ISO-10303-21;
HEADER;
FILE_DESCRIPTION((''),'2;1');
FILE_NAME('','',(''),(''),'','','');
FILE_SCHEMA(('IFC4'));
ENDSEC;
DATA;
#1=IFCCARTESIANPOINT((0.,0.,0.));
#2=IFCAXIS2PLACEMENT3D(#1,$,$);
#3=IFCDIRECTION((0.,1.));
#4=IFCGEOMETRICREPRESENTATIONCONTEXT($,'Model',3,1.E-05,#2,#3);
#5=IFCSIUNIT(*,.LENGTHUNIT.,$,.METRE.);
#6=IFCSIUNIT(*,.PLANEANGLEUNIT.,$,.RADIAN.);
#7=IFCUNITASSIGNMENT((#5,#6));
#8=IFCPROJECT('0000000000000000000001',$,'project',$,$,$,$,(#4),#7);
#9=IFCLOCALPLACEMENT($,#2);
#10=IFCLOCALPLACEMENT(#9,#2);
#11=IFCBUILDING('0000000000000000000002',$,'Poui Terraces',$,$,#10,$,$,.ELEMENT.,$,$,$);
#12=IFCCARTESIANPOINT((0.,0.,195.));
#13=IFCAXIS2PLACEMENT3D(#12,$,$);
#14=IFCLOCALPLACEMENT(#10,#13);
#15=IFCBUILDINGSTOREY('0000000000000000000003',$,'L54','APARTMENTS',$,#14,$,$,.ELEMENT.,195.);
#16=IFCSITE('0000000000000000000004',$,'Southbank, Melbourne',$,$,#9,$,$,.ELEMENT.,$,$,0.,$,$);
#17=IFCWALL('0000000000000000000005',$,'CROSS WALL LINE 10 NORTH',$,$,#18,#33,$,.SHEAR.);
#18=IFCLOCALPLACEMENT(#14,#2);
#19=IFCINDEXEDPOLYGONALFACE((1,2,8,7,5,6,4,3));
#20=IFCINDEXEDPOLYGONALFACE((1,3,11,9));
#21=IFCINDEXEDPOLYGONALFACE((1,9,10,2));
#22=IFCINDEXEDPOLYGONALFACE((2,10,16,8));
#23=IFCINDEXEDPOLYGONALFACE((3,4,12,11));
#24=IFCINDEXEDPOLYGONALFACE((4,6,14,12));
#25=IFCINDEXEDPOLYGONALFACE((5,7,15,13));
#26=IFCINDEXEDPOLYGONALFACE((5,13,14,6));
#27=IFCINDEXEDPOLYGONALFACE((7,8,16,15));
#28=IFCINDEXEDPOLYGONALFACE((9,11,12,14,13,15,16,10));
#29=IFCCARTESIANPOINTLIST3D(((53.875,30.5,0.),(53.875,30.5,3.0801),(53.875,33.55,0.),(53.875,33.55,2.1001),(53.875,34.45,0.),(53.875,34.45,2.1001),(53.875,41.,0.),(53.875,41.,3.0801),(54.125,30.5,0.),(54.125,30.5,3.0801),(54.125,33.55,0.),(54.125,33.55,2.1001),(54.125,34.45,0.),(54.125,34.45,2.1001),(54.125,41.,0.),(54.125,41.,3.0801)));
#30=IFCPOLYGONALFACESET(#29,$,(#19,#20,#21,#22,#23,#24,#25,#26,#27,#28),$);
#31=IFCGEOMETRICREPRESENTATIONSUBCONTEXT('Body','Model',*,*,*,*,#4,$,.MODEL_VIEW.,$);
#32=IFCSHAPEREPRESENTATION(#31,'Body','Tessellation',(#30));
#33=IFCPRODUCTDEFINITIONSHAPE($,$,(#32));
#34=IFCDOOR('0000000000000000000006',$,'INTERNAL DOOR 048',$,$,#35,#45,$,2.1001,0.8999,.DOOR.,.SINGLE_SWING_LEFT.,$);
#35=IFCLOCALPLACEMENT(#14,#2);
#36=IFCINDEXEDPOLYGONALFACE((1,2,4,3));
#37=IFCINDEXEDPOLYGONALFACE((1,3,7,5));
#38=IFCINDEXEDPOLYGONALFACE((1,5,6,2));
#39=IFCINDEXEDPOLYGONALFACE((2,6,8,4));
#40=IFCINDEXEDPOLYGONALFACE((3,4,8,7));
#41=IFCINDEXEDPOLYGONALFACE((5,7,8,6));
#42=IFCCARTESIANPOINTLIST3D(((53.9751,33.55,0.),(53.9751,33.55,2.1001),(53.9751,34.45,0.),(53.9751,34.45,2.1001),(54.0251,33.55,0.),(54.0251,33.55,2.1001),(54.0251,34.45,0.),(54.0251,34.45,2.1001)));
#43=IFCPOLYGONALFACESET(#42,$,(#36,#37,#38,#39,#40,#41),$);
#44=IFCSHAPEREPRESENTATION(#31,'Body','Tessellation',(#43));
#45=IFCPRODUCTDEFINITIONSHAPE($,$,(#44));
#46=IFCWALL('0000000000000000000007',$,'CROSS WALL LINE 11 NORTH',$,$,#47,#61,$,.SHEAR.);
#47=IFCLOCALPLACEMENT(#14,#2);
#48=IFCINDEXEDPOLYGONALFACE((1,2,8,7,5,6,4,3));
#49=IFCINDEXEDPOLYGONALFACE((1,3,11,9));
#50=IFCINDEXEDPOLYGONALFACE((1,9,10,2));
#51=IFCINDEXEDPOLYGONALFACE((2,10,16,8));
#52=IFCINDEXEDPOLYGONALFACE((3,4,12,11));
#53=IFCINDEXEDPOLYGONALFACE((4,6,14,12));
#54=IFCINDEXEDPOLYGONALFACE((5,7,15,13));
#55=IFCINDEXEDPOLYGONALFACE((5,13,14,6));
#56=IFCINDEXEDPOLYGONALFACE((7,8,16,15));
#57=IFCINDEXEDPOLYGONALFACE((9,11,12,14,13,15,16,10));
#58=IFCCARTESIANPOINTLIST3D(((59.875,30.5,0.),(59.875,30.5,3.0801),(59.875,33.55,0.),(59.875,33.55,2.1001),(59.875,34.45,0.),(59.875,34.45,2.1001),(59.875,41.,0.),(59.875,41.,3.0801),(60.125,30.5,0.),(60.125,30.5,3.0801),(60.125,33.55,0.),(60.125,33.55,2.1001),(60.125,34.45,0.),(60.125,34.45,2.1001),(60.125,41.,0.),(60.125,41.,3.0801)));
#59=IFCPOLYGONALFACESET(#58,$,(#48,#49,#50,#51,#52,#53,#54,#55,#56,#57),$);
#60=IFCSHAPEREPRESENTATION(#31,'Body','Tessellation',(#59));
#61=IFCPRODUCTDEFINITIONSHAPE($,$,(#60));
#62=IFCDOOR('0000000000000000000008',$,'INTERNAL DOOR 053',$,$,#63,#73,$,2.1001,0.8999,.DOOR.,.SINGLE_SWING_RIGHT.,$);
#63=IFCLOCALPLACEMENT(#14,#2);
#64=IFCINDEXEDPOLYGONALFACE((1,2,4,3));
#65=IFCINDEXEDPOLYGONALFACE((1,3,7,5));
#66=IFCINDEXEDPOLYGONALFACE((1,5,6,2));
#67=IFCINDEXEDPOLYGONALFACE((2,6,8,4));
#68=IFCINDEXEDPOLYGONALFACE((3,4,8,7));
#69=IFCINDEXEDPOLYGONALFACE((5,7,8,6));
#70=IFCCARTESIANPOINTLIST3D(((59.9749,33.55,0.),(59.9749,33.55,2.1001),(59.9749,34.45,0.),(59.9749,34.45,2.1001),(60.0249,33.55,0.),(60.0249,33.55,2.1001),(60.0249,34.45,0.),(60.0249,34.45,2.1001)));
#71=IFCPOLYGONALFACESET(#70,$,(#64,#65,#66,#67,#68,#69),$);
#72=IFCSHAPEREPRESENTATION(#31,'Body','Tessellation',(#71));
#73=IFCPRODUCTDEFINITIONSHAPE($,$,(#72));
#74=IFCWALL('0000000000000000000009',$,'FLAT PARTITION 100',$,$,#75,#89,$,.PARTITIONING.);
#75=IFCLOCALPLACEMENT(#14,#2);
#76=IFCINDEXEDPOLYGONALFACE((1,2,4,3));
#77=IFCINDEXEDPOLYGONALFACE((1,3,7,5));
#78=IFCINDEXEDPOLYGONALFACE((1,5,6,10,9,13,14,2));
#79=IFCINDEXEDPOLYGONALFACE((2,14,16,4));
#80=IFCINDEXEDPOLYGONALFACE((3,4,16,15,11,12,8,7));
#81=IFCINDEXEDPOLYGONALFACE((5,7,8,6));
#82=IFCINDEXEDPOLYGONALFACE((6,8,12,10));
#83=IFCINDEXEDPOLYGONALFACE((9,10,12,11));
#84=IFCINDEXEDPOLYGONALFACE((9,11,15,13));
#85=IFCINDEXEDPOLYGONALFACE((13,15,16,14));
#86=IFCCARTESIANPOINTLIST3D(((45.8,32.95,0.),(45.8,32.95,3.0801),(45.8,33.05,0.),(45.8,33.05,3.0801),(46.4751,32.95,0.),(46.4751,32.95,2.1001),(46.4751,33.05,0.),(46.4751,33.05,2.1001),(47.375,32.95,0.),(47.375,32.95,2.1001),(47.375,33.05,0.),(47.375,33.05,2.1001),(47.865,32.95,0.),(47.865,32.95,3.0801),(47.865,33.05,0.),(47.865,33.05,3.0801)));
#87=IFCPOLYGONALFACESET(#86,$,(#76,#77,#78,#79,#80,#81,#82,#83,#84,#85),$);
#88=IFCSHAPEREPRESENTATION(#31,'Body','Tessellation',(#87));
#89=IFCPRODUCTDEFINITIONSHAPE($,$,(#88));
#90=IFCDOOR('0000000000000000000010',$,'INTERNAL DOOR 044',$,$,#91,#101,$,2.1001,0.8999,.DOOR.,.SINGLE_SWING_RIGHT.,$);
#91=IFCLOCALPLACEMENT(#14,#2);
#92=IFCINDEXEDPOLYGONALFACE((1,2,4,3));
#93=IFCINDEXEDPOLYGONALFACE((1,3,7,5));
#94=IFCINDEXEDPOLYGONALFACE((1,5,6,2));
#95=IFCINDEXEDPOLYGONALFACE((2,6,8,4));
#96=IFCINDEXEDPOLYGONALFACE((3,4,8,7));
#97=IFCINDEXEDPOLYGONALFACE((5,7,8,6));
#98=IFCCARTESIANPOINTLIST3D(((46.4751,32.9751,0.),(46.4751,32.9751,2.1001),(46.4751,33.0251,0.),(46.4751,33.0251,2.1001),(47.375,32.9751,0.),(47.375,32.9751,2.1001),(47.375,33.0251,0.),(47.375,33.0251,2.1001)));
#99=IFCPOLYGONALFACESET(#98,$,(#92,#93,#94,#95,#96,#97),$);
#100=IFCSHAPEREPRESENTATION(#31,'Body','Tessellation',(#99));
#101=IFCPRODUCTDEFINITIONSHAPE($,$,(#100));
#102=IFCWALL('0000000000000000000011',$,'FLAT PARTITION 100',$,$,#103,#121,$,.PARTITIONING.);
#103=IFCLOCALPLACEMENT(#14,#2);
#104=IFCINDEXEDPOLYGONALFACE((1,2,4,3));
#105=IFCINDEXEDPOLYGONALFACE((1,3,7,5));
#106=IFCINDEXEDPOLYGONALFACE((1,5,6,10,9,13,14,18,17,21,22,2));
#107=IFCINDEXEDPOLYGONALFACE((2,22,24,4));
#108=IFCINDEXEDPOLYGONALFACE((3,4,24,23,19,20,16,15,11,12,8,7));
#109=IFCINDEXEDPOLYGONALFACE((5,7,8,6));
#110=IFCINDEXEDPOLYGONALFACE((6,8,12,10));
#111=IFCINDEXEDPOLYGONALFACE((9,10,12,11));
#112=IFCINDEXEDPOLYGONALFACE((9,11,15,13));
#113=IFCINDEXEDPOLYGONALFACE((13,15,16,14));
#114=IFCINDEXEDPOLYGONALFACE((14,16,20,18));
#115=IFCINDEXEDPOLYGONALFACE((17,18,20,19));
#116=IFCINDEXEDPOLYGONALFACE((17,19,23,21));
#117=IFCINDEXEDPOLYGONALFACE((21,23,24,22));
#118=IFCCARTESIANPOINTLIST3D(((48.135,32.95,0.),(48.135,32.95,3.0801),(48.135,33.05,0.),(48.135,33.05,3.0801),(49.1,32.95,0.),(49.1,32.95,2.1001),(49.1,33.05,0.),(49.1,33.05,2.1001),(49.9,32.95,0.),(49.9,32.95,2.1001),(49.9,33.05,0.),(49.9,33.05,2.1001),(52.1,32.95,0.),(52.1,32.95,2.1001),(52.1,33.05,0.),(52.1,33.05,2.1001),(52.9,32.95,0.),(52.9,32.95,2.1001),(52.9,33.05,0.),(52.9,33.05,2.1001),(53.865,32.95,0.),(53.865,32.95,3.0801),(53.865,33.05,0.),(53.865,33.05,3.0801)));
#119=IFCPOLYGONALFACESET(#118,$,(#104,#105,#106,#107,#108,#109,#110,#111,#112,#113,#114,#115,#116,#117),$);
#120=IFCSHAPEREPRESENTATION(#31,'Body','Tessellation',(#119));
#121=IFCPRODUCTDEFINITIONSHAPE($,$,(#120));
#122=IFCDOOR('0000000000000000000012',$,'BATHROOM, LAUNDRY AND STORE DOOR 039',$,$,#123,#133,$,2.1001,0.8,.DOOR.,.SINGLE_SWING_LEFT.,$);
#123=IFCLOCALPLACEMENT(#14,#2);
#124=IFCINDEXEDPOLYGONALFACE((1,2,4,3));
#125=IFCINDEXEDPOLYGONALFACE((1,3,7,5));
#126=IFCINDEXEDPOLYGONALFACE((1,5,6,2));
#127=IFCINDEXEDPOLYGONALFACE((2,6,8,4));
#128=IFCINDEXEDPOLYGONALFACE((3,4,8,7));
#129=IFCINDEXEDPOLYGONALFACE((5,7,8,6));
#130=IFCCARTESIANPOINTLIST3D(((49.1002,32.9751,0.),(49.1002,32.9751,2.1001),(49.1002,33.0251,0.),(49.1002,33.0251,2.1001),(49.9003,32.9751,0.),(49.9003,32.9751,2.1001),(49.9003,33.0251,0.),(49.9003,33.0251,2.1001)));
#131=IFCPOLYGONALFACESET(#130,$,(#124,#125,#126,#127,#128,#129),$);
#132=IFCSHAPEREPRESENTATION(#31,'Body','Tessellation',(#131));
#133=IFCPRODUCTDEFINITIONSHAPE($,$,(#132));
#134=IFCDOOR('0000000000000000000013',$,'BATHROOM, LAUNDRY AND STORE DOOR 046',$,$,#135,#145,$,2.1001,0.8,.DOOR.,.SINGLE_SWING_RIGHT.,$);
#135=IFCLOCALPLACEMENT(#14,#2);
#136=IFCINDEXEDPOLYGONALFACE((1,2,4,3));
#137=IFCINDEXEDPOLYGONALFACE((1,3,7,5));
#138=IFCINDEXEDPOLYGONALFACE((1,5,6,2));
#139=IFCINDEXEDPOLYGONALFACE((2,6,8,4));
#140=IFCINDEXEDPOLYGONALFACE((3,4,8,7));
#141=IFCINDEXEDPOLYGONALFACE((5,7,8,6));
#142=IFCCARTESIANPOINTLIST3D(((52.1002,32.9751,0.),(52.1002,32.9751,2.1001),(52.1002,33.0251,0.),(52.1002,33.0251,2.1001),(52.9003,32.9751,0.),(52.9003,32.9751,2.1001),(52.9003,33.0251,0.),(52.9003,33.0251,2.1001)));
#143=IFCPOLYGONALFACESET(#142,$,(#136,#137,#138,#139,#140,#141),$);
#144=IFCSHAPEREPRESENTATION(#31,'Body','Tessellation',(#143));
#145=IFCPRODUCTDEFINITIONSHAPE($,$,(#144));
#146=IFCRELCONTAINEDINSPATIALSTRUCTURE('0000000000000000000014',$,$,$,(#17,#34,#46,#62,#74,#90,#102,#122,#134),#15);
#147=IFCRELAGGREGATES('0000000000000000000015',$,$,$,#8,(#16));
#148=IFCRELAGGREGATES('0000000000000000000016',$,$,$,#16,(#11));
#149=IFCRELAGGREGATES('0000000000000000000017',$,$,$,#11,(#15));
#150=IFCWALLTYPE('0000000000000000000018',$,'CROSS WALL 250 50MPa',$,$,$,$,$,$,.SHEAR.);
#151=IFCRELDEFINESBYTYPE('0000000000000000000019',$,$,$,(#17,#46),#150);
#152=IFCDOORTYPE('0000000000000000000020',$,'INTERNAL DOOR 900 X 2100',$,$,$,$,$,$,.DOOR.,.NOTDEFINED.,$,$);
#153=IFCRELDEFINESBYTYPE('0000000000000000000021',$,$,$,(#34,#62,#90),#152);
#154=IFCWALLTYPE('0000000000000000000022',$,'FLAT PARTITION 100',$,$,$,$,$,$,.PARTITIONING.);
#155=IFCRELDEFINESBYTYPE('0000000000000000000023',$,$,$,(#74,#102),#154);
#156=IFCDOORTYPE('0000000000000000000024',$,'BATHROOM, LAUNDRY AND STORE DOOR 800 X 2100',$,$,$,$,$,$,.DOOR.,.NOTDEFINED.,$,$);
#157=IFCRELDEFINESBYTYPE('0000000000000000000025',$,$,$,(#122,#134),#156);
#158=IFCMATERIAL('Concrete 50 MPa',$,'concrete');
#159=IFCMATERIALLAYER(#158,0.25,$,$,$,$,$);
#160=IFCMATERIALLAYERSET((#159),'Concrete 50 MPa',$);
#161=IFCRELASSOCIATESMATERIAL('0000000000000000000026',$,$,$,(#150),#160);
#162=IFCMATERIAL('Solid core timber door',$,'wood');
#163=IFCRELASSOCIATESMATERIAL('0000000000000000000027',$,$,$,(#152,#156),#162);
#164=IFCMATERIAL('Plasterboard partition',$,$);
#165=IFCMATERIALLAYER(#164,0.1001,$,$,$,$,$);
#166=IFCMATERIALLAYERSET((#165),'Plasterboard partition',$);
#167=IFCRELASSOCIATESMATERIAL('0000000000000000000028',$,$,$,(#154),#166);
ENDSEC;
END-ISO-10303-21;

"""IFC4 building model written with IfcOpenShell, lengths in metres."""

from ifc_helpers import new_model, si_unit, direction, frame, frame_2d, origin, place, context, subcontext, project, spatial, rectangle, extrude, material, layer, layer_set, type_object, element, fill, save


model = new_model("IFC4")

# Units and contexts
model_context = context("Model", 3, precision=1e-05, world=origin(), true_north=direction((0.0, 1.0)))
body_context = subcontext(model_context, "Body", "Model", "MODEL_VIEW")
ifc_project = project(units=[si_unit("LENGTHUNIT", "METRE"), si_unit("PLANEANGLEUNIT", "RADIAN")], contexts=[model_context])

# Site, building, storey
site_placement = place(None, origin())
site = spatial("IfcSite", under=ifc_project, at=site_placement, Name="Southbank, Melbourne", CompositionType="ELEMENT", RefElevation=0.0)
building_placement = place(site_placement, origin())
building = spatial("IfcBuilding", under=site, at=building_placement, Name="Poui Terraces", CompositionType="ELEMENT")
storey_placement = place(building_placement, frame((0.0, 0.0, 195.0)))
storey = spatial("IfcBuildingStorey", under=building, at=storey_placement, Name="L54", Description="APARTMENTS", CompositionType="ELEMENT", Elevation=195.0)

# Walls, openings, doors
ifc_material_1 = material(Name="Concrete 50 MPa", Category="concrete")
ifc_layer_1 = layer(ifc_material_1, 0.25)
ifc_layer_set_1 = layer_set([ifc_layer_1], Name="Concrete 50 MPa")
wall_type_1 = type_object("IfcWallType", Name="CROSS WALL 250 50MPa", PredefinedType="SHEAR", material=ifc_layer_set_1)
wall_1_placement = place(storey_placement, frame((54.0, 30.5, 0.0), z_axis=(0.0, 0.0, 1.0), x_axis=(0.0, 1.0, 0.0)))
wall_1 = element("IfcWall", 1, at=wall_1_placement, inside=storey, type_object=wall_type_1, Name="CROSS WALL LINE 10 NORTH", PredefinedType="SHEAR", context=body_context, shape_type="SweptSolid", body=[
    extrude(rectangle(XDim=10.5, YDim=0.25, at=frame_2d((5.25, 0.0))), origin(), (0.0, 0.0, 1.0), 3.0801),
])
opening_1_placement = place(wall_1_placement, frame((3.05, 0.0, 0.0)))
opening_1 = element("IfcOpeningElement", 2, at=opening_1_placement, cuts=wall_1, PredefinedType="OPENING", context=body_context, shape_type="SweptSolid", body=[
    extrude(rectangle(XDim=0.8999, YDim=2.1001, at=frame_2d((0.45, 1.05))), frame((0.0, 0.135, 0.0), z_axis=(0.0, -1.0, 0.0), x_axis=(1.0, 0.0, 0.0)), (0.0, 0.0, 1.0), 0.27),
])
ifc_material_2 = material(Name="Solid core timber door", Category="wood")
door_type_1 = type_object("IfcDoorType", Name="INTERNAL DOOR 900 X 2100", OperationType="NOTDEFINED", PredefinedType="DOOR", material=ifc_material_2)
door_1_placement = place(opening_1_placement, origin())
door_1 = element("IfcDoor", 3, at=door_1_placement, inside=storey, type_object=door_type_1, Name="INTERNAL DOOR 048", OperationType="SINGLE_SWING_LEFT", OverallHeight=2.1001, OverallWidth=0.8999, PredefinedType="DOOR", context=body_context, shape_type="SweptSolid", body=[
    extrude(rectangle(XDim=0.8999, YDim=2.1001, at=frame_2d((0.45, 1.05))), frame((0.0, 0.0249, 0.0), z_axis=(0.0, -1.0, 0.0), x_axis=(1.0, 0.0, 0.0)), (0.0, 0.0, 1.0), 0.05),
])
fill(opening_1, door_1)
wall_2_placement = place(storey_placement, frame((60.0, 30.5, 0.0), z_axis=(0.0, 0.0, 1.0), x_axis=(0.0, 1.0, 0.0)))
wall_2 = element("IfcWall", 4, at=wall_2_placement, inside=storey, type_object=wall_type_1, Name="CROSS WALL LINE 11 NORTH", PredefinedType="SHEAR", context=body_context, shape_type="SweptSolid", body=[
    extrude(rectangle(XDim=10.5, YDim=0.25, at=frame_2d((5.25, 0.0))), origin(), (0.0, 0.0, 1.0), 3.0801),
])
opening_2_placement = place(wall_2_placement, frame((3.05, 0.0, 0.0)))
opening_2 = element("IfcOpeningElement", 5, at=opening_2_placement, cuts=wall_2, PredefinedType="OPENING", context=body_context, shape_type="SweptSolid", body=[
    extrude(rectangle(XDim=0.8999, YDim=2.1001, at=frame_2d((0.45, 1.05))), frame((0.0, 0.135, 0.0), z_axis=(0.0, -1.0, 0.0), x_axis=(1.0, 0.0, 0.0)), (0.0, 0.0, 1.0), 0.27),
])
door_2_placement = place(opening_2_placement, frame((0.8999, 0.0, 0.0), z_axis=(0.0, 0.0, 1.0), x_axis=(-1.0, 0.0, 0.0)))
door_2 = element("IfcDoor", 6, at=door_2_placement, inside=storey, type_object=door_type_1, Name="INTERNAL DOOR 053", OperationType="SINGLE_SWING_RIGHT", OverallHeight=2.1001, OverallWidth=0.8999, PredefinedType="DOOR", context=body_context, shape_type="SweptSolid", body=[
    extrude(rectangle(XDim=0.8999, YDim=2.1001, at=frame_2d((0.45, 1.05))), frame((0.0, 0.0249, 0.0), z_axis=(0.0, -1.0, 0.0), x_axis=(1.0, 0.0, 0.0)), (0.0, 0.0, 1.0), 0.05),
])
fill(opening_2, door_2)
ifc_material_3 = material(Name="Plasterboard partition")
ifc_layer_2 = layer(ifc_material_3, 0.1001)
ifc_layer_set_2 = layer_set([ifc_layer_2], Name="Plasterboard partition")
wall_type_2 = type_object("IfcWallType", Name="FLAT PARTITION 100", PredefinedType="PARTITIONING", material=ifc_layer_set_2)
wall_3_placement = place(storey_placement, frame((45.8, 33.0, 0.0), z_axis=(0.0, 0.0, 1.0), x_axis=(1.0, 0.0, 0.0)))
wall_3 = element("IfcWall", 7, at=wall_3_placement, inside=storey, type_object=wall_type_2, Name="FLAT PARTITION 100", PredefinedType="PARTITIONING", context=body_context, shape_type="SweptSolid", body=[
    extrude(rectangle(XDim=2.0649, YDim=0.1001, at=frame_2d((1.0325, 0.0))), origin(), (0.0, 0.0, 1.0), 3.0801),
])
opening_3_placement = place(wall_3_placement, frame((0.675, 0.0, 0.0)))
opening_3 = element("IfcOpeningElement", 8, at=opening_3_placement, cuts=wall_3, PredefinedType="OPENING", context=body_context, shape_type="SweptSolid", body=[
    extrude(rectangle(XDim=0.8999, YDim=2.1001, at=frame_2d((0.45, 1.05))), frame((0.0, 0.0601, 0.0), z_axis=(0.0, -1.0, 0.0), x_axis=(1.0, 0.0, 0.0)), (0.0, 0.0, 1.0), 0.1201),
])
door_3_placement = place(opening_3_placement, frame((0.8999, 0.0, 0.0), z_axis=(0.0, 0.0, 1.0), x_axis=(-1.0, 0.0, 0.0)))
door_3 = element("IfcDoor", 9, at=door_3_placement, inside=storey, type_object=door_type_1, Name="INTERNAL DOOR 044", OperationType="SINGLE_SWING_RIGHT", OverallHeight=2.1001, OverallWidth=0.8999, PredefinedType="DOOR", context=body_context, shape_type="SweptSolid", body=[
    extrude(rectangle(XDim=0.8999, YDim=2.1001, at=frame_2d((0.45, 1.05))), frame((0.0, 0.0249, 0.0), z_axis=(0.0, -1.0, 0.0), x_axis=(1.0, 0.0, 0.0)), (0.0, 0.0, 1.0), 0.05),
])
fill(opening_3, door_3)

# Wall, openings, doors
wall_4_placement = place(storey_placement, frame((48.135, 33.0, 0.0), z_axis=(0.0, 0.0, 1.0), x_axis=(1.0, 0.0, 0.0)))
wall_4 = element("IfcWall", 10, at=wall_4_placement, inside=storey, type_object=wall_type_2, Name="FLAT PARTITION 100", PredefinedType="PARTITIONING", context=body_context, shape_type="SweptSolid", body=[
    extrude(rectangle(XDim=5.73, YDim=0.1001, at=frame_2d((2.865, 0.0))), origin(), (0.0, 0.0, 1.0), 3.0801),
])
opening_4_placement = place(wall_4_placement, frame((0.9651, 0.0, 0.0)))
opening_4 = element("IfcOpeningElement", 11, at=opening_4_placement, cuts=wall_4, PredefinedType="OPENING", context=body_context, shape_type="SweptSolid", body=[
    extrude(rectangle(XDim=0.8, YDim=2.1001, at=frame_2d((0.3999, 1.05))), frame((0.0, 0.0601, 0.0), z_axis=(0.0, -1.0, 0.0), x_axis=(1.0, 0.0, 0.0)), (0.0, 0.0, 1.0), 0.1201),
])
opening_5_placement = place(wall_4_placement, frame((3.9651, 0.0, 0.0)))
opening_5 = element("IfcOpeningElement", 12, at=opening_5_placement, cuts=wall_4, PredefinedType="OPENING", context=body_context, shape_type="SweptSolid", body=[
    extrude(rectangle(XDim=0.8, YDim=2.1001, at=frame_2d((0.3999, 1.05))), frame((0.0, 0.0601, 0.0), z_axis=(0.0, -1.0, 0.0), x_axis=(1.0, 0.0, 0.0)), (0.0, 0.0, 1.0), 0.1201),
])
door_type_2 = type_object("IfcDoorType", Name="BATHROOM, LAUNDRY AND STORE DOOR 800 X 2100", OperationType="NOTDEFINED", PredefinedType="DOOR", material=ifc_material_2)
door_4_placement = place(opening_4_placement, frame((0.8, 0.0, 0.0), z_axis=(0.0, 0.0, 1.0), x_axis=(-1.0, 0.0, 0.0)))
door_4 = element("IfcDoor", 13, at=door_4_placement, inside=storey, type_object=door_type_2, Name="BATHROOM, LAUNDRY AND STORE DOOR 039", OperationType="SINGLE_SWING_LEFT", OverallHeight=2.1001, OverallWidth=0.8, PredefinedType="DOOR", context=body_context, shape_type="SweptSolid", body=[
    extrude(rectangle(XDim=0.8, YDim=2.1001, at=frame_2d((0.3999, 1.05))), frame((0.0, 0.0249, 0.0), z_axis=(0.0, -1.0, 0.0), x_axis=(1.0, 0.0, 0.0)), (0.0, 0.0, 1.0), 0.05),
])
fill(opening_4, door_4)
door_5_placement = place(opening_5_placement, frame((0.8, 0.0, 0.0), z_axis=(0.0, 0.0, 1.0), x_axis=(-1.0, 0.0, 0.0)))
door_5 = element("IfcDoor", 14, at=door_5_placement, inside=storey, type_object=door_type_2, Name="BATHROOM, LAUNDRY AND STORE DOOR 046", OperationType="SINGLE_SWING_RIGHT", OverallHeight=2.1001, OverallWidth=0.8, PredefinedType="DOOR", context=body_context, shape_type="SweptSolid", body=[
    extrude(rectangle(XDim=0.8, YDim=2.1001, at=frame_2d((0.3999, 1.05))), frame((0.0, 0.0249, 0.0), z_axis=(0.0, -1.0, 0.0), x_axis=(1.0, 0.0, 0.0)), (0.0, 0.0, 1.0), 0.05),
])
fill(opening_5, door_5)

save(model, "model.ifc")
